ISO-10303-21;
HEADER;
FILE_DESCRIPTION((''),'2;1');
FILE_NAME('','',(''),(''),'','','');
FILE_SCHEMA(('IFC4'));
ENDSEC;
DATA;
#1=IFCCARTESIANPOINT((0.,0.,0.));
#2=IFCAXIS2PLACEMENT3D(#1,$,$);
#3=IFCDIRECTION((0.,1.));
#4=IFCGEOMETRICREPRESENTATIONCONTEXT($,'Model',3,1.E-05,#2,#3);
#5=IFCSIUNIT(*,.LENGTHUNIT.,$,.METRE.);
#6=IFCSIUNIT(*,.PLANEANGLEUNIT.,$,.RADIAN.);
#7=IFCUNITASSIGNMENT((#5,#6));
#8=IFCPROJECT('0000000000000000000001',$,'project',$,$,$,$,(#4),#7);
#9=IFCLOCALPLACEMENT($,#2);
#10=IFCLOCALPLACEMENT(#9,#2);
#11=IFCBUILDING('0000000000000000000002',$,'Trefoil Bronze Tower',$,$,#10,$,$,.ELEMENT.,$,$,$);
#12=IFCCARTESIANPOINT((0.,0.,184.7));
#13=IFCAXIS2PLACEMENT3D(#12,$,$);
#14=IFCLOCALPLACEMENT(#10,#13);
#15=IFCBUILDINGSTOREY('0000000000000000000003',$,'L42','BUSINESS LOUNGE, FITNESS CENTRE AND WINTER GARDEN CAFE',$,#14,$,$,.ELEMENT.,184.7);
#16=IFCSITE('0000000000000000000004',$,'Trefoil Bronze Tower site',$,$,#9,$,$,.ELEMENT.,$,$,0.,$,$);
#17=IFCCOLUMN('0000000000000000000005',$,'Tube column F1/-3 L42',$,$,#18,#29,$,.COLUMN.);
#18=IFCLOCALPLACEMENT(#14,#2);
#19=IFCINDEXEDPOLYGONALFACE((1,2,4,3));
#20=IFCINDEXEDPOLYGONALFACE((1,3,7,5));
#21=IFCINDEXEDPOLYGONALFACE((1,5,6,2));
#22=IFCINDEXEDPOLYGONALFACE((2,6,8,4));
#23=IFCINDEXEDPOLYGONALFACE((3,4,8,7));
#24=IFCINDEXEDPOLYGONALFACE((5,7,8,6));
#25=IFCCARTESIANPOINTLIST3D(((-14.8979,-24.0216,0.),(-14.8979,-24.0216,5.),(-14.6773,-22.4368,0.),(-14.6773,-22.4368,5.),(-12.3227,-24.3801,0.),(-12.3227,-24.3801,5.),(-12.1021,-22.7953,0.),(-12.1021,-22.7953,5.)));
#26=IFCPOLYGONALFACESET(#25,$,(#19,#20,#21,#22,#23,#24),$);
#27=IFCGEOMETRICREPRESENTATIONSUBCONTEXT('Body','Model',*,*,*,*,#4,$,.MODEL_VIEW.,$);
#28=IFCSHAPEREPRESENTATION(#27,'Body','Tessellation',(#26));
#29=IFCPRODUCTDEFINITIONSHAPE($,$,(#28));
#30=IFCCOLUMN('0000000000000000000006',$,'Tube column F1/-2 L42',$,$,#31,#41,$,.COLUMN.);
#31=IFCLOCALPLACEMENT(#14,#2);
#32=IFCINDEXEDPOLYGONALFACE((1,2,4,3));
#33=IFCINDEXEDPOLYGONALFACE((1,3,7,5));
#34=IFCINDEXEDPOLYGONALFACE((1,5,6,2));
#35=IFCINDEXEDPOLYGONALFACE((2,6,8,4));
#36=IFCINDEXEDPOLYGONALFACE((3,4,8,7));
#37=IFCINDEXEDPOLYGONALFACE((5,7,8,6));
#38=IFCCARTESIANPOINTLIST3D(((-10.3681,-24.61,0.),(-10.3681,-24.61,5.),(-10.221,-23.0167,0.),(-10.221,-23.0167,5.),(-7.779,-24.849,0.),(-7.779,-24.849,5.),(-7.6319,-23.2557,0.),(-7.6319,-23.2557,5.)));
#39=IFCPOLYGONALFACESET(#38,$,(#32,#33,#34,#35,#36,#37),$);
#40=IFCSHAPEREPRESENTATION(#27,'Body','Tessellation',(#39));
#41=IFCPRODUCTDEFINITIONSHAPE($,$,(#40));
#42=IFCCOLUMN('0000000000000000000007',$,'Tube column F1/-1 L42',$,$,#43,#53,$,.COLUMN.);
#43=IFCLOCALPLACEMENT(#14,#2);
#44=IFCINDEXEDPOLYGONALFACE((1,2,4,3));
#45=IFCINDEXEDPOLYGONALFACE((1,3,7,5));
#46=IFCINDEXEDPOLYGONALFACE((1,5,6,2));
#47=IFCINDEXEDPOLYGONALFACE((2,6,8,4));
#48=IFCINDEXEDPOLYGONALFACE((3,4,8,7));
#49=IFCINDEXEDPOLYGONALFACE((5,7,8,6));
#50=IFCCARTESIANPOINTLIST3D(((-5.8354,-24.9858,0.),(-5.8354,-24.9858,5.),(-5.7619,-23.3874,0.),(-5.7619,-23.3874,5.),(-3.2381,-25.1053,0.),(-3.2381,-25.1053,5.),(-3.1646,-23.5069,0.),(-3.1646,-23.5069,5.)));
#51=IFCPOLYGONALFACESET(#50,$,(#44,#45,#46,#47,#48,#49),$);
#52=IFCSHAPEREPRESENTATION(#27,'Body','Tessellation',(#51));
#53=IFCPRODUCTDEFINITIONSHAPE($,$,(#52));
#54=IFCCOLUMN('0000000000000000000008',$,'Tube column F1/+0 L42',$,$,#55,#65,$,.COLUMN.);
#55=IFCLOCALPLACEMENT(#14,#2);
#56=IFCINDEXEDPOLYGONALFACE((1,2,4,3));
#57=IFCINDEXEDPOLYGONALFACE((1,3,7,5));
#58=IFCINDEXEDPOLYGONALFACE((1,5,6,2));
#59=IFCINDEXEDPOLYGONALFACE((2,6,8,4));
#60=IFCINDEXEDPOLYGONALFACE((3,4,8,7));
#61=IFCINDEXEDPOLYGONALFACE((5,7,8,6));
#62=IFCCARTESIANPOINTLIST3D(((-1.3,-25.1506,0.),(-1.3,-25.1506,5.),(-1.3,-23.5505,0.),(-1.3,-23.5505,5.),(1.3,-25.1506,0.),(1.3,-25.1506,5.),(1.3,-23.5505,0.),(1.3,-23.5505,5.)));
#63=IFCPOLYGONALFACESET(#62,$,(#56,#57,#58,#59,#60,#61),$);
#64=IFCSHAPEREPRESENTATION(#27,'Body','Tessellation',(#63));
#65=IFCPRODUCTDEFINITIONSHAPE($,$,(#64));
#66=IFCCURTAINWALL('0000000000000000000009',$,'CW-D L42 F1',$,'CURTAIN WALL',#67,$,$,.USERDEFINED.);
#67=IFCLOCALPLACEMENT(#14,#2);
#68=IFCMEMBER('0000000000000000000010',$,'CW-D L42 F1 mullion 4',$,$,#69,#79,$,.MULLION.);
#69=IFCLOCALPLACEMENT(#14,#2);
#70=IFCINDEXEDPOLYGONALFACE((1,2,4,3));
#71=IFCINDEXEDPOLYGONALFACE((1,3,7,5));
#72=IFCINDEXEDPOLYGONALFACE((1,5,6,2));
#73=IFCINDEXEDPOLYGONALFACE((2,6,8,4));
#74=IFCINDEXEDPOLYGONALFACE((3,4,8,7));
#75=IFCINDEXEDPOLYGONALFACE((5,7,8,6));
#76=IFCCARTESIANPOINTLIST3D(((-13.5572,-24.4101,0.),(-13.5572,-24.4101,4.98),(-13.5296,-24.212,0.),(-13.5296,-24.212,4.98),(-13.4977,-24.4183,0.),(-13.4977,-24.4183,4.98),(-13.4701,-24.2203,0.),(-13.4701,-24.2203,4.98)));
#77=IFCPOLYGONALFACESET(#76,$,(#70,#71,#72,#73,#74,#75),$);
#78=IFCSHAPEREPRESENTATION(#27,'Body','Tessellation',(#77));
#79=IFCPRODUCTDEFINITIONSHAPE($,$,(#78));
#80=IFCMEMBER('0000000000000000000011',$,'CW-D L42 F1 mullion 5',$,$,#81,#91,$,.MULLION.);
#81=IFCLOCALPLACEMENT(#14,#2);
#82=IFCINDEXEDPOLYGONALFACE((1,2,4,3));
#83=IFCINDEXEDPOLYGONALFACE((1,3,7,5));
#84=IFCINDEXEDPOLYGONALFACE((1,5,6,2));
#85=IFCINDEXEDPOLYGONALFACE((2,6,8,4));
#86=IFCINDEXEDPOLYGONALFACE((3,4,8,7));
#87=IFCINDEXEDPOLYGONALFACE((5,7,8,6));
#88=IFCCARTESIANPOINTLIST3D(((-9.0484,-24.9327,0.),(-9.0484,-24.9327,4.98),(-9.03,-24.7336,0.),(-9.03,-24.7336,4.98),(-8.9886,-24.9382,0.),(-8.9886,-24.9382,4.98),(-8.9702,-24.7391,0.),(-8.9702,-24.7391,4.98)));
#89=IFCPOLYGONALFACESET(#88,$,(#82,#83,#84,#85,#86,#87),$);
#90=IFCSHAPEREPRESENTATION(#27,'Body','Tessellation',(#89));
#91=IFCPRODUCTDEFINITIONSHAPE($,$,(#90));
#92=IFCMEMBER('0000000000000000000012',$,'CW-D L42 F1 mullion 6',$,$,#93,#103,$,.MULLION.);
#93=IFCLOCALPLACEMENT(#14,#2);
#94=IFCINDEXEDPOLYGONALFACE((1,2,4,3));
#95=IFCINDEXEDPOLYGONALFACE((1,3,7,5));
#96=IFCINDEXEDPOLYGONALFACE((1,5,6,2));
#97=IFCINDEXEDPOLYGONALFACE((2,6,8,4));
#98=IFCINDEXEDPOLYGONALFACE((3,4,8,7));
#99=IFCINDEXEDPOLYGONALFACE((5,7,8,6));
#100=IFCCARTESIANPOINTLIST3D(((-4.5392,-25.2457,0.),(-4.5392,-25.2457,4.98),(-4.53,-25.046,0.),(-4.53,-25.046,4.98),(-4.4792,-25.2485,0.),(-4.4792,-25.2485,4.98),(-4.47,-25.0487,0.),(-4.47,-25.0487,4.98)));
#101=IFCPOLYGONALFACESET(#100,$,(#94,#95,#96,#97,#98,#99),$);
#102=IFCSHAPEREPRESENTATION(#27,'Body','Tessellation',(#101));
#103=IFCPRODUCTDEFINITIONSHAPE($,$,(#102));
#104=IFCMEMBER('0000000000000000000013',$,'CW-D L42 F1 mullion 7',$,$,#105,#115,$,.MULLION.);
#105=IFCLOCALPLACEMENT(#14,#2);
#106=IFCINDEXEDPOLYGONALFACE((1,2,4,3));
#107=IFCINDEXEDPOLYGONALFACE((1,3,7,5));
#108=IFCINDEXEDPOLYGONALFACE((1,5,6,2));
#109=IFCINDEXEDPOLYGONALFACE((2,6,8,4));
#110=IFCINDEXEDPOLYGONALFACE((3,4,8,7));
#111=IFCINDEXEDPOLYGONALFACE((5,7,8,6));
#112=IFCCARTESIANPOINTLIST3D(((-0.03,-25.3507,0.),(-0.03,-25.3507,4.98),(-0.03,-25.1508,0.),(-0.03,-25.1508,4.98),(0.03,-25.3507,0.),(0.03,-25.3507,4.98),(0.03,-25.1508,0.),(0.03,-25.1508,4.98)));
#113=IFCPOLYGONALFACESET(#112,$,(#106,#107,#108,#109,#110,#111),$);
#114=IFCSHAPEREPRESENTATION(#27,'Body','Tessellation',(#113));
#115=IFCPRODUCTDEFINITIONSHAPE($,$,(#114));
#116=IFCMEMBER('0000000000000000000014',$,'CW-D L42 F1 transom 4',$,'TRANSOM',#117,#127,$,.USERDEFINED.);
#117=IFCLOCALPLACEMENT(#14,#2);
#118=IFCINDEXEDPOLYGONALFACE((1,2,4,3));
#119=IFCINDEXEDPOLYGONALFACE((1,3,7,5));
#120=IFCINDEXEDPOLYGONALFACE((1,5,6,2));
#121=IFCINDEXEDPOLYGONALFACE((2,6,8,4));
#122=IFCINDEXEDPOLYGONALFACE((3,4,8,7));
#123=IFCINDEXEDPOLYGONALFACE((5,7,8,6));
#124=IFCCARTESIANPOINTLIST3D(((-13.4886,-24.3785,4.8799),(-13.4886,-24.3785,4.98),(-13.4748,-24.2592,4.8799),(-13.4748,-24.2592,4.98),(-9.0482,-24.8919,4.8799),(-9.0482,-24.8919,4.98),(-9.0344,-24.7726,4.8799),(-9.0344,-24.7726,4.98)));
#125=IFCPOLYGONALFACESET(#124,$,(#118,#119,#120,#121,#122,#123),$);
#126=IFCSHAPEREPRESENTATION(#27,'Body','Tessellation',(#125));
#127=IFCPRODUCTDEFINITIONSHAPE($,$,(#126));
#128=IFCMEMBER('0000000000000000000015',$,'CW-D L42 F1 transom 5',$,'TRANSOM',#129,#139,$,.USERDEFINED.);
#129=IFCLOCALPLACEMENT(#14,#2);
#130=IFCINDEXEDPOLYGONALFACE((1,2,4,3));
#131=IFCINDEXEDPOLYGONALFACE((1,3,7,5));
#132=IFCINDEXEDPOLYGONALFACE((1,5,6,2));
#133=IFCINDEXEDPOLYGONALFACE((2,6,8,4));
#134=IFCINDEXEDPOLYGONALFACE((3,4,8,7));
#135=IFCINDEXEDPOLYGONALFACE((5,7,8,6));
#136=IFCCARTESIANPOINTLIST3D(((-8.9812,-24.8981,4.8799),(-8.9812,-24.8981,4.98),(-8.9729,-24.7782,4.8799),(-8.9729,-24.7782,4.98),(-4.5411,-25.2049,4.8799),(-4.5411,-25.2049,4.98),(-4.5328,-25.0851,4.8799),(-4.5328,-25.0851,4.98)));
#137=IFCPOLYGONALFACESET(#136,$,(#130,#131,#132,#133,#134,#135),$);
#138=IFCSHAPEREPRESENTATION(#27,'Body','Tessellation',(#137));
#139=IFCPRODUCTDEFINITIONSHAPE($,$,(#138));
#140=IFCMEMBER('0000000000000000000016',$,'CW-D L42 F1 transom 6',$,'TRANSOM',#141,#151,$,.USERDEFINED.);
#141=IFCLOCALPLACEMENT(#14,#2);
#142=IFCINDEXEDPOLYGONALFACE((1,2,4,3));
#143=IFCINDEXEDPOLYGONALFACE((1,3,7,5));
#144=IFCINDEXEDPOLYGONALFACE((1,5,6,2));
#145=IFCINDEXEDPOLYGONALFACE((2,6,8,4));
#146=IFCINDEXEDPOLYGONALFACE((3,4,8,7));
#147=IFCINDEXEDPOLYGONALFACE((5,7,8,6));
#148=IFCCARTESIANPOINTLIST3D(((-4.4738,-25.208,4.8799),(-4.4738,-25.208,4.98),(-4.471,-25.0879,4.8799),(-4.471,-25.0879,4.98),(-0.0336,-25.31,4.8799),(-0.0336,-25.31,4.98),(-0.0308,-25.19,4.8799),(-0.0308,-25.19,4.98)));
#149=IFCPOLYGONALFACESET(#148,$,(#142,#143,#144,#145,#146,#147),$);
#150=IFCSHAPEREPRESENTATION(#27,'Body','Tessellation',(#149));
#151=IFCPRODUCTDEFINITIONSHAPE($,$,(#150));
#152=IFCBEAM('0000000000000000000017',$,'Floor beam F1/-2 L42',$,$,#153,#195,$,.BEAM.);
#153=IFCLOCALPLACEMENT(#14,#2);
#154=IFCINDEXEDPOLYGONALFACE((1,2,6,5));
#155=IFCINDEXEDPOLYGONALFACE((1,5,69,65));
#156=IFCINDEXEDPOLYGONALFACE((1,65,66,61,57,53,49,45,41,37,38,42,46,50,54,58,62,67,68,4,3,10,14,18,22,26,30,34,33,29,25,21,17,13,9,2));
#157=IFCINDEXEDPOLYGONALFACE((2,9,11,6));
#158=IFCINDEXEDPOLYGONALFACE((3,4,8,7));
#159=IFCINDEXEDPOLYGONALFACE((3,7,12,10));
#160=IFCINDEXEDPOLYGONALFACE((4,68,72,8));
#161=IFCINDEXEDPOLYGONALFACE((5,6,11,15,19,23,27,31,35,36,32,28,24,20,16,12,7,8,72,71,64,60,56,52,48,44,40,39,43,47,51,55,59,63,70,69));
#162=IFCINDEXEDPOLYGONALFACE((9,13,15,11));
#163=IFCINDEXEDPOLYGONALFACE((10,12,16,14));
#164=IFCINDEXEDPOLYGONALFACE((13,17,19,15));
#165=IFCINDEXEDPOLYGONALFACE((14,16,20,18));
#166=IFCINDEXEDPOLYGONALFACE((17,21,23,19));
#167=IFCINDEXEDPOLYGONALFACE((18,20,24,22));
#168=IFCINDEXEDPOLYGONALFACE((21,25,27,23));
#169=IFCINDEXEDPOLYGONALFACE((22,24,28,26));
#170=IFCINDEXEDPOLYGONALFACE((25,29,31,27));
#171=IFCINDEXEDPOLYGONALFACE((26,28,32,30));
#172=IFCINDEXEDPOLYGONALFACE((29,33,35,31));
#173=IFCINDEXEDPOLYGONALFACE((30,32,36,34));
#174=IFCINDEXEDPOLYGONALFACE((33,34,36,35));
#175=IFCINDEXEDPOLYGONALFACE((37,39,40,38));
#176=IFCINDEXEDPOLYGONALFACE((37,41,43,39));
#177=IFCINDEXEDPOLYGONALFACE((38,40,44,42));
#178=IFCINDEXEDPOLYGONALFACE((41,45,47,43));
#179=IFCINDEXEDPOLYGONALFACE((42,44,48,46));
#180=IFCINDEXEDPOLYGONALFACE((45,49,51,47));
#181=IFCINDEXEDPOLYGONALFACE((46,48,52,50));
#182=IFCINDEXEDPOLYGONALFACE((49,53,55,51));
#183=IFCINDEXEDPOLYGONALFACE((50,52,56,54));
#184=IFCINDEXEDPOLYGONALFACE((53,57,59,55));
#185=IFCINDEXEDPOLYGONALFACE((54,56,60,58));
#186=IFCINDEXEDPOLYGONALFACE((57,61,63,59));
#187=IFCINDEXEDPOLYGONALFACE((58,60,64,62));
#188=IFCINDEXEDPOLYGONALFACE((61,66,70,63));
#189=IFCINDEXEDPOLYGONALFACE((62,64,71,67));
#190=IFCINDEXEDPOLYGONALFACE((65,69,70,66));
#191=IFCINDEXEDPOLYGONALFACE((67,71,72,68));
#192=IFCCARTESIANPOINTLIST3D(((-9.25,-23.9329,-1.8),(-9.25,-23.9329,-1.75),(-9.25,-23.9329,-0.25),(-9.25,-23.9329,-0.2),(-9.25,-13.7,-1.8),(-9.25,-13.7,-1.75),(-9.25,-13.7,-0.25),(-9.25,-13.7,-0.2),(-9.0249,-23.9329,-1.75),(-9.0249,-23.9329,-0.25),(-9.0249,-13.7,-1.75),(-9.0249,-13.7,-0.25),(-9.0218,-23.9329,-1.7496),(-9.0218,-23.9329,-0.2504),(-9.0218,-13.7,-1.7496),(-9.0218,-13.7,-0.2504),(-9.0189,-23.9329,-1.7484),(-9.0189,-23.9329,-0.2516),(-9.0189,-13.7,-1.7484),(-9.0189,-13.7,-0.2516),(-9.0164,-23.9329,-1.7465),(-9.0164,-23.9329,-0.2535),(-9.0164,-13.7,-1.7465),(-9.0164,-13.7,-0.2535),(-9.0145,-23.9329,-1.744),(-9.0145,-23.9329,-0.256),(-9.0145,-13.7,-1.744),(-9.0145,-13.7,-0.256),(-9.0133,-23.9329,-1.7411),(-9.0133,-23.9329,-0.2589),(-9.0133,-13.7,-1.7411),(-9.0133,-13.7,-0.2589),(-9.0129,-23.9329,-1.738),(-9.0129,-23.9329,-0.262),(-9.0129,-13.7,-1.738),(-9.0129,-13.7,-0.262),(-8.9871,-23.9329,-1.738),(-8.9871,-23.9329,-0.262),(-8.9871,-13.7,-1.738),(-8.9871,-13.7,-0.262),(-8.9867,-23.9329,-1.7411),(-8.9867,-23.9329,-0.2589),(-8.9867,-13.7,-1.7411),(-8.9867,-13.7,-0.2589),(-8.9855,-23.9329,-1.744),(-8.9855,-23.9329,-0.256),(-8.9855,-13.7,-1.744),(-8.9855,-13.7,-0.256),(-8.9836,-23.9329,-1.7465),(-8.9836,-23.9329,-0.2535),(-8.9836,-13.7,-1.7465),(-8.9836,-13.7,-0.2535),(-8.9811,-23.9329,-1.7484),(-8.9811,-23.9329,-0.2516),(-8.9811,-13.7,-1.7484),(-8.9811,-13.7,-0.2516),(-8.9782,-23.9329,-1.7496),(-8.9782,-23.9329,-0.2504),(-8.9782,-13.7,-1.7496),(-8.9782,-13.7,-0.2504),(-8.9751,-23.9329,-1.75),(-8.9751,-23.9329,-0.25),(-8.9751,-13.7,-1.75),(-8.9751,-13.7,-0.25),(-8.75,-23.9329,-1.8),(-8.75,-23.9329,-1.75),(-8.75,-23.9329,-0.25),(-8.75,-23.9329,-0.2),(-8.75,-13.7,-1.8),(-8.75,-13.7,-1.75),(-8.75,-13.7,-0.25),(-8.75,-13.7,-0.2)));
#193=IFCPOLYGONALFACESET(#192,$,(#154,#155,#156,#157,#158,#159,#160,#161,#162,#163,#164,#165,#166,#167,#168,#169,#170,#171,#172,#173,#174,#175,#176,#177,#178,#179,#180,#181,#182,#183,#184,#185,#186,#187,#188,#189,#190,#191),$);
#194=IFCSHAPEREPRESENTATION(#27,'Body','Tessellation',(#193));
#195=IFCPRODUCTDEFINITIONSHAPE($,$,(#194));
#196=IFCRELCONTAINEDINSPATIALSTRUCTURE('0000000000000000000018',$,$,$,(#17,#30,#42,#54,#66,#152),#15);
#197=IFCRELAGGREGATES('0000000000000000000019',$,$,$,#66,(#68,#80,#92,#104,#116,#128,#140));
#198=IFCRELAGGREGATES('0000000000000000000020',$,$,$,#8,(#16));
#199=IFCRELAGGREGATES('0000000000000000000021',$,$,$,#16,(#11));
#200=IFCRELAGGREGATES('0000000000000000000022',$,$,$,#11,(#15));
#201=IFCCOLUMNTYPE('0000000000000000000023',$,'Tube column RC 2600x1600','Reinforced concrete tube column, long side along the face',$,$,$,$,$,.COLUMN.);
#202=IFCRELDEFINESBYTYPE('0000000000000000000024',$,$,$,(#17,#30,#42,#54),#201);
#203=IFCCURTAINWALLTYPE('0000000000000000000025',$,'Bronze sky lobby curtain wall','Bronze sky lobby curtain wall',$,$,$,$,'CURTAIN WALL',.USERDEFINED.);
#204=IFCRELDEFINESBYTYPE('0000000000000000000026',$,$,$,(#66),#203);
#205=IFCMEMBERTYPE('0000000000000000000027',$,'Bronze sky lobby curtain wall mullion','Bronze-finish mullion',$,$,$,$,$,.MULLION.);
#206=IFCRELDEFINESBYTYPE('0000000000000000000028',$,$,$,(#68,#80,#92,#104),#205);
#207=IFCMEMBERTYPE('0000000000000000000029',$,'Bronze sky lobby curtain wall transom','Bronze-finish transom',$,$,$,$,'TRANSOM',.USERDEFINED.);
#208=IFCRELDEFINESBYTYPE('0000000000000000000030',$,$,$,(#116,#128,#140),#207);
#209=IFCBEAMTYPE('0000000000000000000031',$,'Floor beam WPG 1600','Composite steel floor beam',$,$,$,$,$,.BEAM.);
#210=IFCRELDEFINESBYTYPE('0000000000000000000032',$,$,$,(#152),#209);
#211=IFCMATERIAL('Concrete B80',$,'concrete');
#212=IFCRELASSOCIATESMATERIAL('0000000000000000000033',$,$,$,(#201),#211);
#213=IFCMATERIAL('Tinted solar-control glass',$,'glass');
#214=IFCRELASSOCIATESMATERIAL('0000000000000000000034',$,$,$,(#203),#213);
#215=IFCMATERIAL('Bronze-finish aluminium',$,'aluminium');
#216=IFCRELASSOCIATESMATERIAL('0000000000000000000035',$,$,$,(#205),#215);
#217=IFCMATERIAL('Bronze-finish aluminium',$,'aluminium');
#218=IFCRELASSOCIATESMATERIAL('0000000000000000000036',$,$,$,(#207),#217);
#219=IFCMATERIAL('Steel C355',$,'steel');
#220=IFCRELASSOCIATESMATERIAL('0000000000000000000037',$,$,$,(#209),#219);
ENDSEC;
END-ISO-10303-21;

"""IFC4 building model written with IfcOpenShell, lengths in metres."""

from ifc_helpers import new_model, si_unit, direction, frame, origin, origin_2d, place, context, subcontext, project, spatial, rectangle, i_section, extrude, material, material_profile, profile_set, type_object, element, aggregate, save


model = new_model("IFC4")

# Units and contexts
model_context = context("Model", 3, precision=1e-05, world=origin(), true_north=direction((0.0, 1.0)))
body_context = subcontext(model_context, "Body", "Model", "MODEL_VIEW")
ifc_project = project(units=[si_unit("LENGTHUNIT", "METRE"), si_unit("PLANEANGLEUNIT", "RADIAN")], contexts=[model_context])

# Site, building, storey
site_placement = place(None, origin())
site = spatial("IfcSite", under=ifc_project, at=site_placement, Name="Trefoil Bronze Tower site", CompositionType="ELEMENT", RefElevation=0.0)
building_placement = place(site_placement, origin())
building = spatial("IfcBuilding", under=site, at=building_placement, Name="Trefoil Bronze Tower", CompositionType="ELEMENT")
storey_placement = place(building_placement, frame((0.0, 0.0, 184.7)))
storey = spatial("IfcBuildingStorey", under=building, at=storey_placement, Name="L42", Description="BUSINESS LOUNGE, FITNESS CENTRE AND WINTER GARDEN CAFE", CompositionType="ELEMENT", Elevation=184.7)

# Columns
ifc_material_1 = material(Name="Concrete B80", Category="concrete")
ifc_material_profile_1 = material_profile(ifc_material_1, rectangle(XDim=2.6001, YDim=1.6001, at=origin_2d()), Name="RC 2600x1600")
ifc_profile_set_1 = profile_set([ifc_material_profile_1], Name="Concrete B80")
column_type = type_object("IfcColumnType", Name="Tube column RC 2600x1600", Description="Reinforced concrete tube column, long side along the face", PredefinedType="COLUMN", material=ifc_profile_set_1)
for number, where, z_axis, x_axis, name in (
    (1, (-13.5, -23.4084, 0.0), (0.0, 0.0, 1.0), (0.990451, -0.137868, 0.0), "Tube column F1/-3 L42"),
    (2, (-9.0, -23.9329, 0.0), (0.0, 0.0, 1.0), (0.995767, -0.091911, 0.0), "Tube column F1/-2 L42"),
    (3, (-4.5, -24.2463, 0.0), (0.0, 0.0, 1.0), (0.998943, -0.045956, 0.0), "Tube column F1/-1 L42"),
    (4, (0.0, -24.3506, 0.0), (0.0, 0.0, 1.0), (1.0, 0.0, 0.0), "Tube column F1/+0 L42"),
):
    element("IfcColumn", number, at=place(storey_placement, frame(where, z_axis=z_axis, x_axis=x_axis)), inside=storey, type_object=column_type, Name=name, PredefinedType="COLUMN", context=body_context, shape_type="SweptSolid", body=[
        extrude(rectangle(XDim=2.6001, YDim=1.6001, at=origin_2d()), origin(), (0.0, 0.0, 1.0), 5.0),
    ])

# Curtain wall, members
ifc_material_2 = material(Name="Tinted solar-control glass", Category="glass")
curtain_wall_type = type_object("IfcCurtainWallType", Name="Bronze sky lobby curtain wall", Description="Bronze sky lobby curtain wall", ElementType="CURTAIN WALL", PredefinedType="USERDEFINED", material=ifc_material_2)
curtain_wall_placement = place(storey_placement, origin())
curtain_wall = element("IfcCurtainWall", 5, at=curtain_wall_placement, inside=storey, type_object=curtain_wall_type, Name="CW-D L42 F1", ObjectType="CURTAIN WALL", PredefinedType="USERDEFINED")
ifc_material_3 = material(Name="Bronze-finish aluminium", Category="aluminium")
ifc_material_profile_2 = material_profile(ifc_material_3, rectangle(XDim=0.2, YDim=0.0601, at=origin_2d()), Name="CW-D mullion")
ifc_profile_set_2 = profile_set([ifc_material_profile_2], Name="Bronze-finish aluminium")
member_type_1 = type_object("IfcMemberType", Name="Bronze sky lobby curtain wall mullion", Description="Bronze-finish mullion", PredefinedType="MULLION", material=ifc_profile_set_2)
member_1_placement = place(storey_placement, frame((-13.5137, -24.3152, 0.0), z_axis=(0.0, 0.0, 1.0), x_axis=(0.137868, 0.990451, 0.0)))
member_1 = element("IfcMember", 6, at=member_1_placement, type_object=member_type_1, Name="CW-D L42 F1 mullion 4", PredefinedType="MULLION", context=body_context, shape_type="SweptSolid", body=[
    extrude(rectangle(XDim=0.2, YDim=0.0601, at=origin_2d()), origin(), (0.0, 0.0, 1.0), 4.98),
])
member_2_placement = place(storey_placement, frame((-9.0093, -24.8359, 0.0), z_axis=(0.0, 0.0, 1.0), x_axis=(0.091911, 0.995767, 0.0)))
member_2 = element("IfcMember", 7, at=member_2_placement, type_object=member_type_1, Name="CW-D L42 F1 mullion 5", PredefinedType="MULLION", context=body_context, shape_type="SweptSolid", body=[
    extrude(rectangle(XDim=0.2, YDim=0.0601, at=origin_2d()), origin(), (0.0, 0.0, 1.0), 4.98),
])
member_3_placement = place(storey_placement, frame((-4.5046, -25.1472, 0.0), z_axis=(0.0, 0.0, 1.0), x_axis=(0.045956, 0.998943, 0.0)))
member_3 = element("IfcMember", 8, at=member_3_placement, type_object=member_type_1, Name="CW-D L42 F1 mullion 6", PredefinedType="MULLION", context=body_context, shape_type="SweptSolid", body=[
    extrude(rectangle(XDim=0.2, YDim=0.0601, at=origin_2d()), origin(), (0.0, 0.0, 1.0), 4.98),
])
member_4_placement = place(storey_placement, frame((0.0, -25.2507, 0.0), z_axis=(0.0, 0.0, 1.0), x_axis=(0.0, 1.0, 0.0)))
member_4 = element("IfcMember", 9, at=member_4_placement, type_object=member_type_1, Name="CW-D L42 F1 mullion 7", PredefinedType="MULLION", context=body_context, shape_type="SweptSolid", body=[
    extrude(rectangle(XDim=0.2, YDim=0.0601, at=origin_2d()), origin(), (0.0, 0.0, 1.0), 4.98),
])
ifc_material_4 = material(Name="Bronze-finish aluminium", Category="aluminium")
ifc_material_profile_3 = material_profile(ifc_material_4, rectangle(XDim=0.1201, YDim=0.1001, at=origin_2d()), Name="CW-D transom")
ifc_profile_set_3 = profile_set([ifc_material_profile_3], Name="Bronze-finish aluminium")
member_type_2 = type_object("IfcMemberType", Name="Bronze sky lobby curtain wall transom", Description="Bronze-finish transom", ElementType="TRANSOM", PredefinedType="USERDEFINED", material=ifc_profile_set_3)
member_5_placement = place(storey_placement, frame((-13.4817, -24.3188, 4.9299), z_axis=(0.993382, -0.11486, 0.0), x_axis=(0.11486, 0.993382, 0.0)))
member_5 = element("IfcMember", 10, at=member_5_placement, type_object=member_type_2, Name="CW-D L42 F1 transom 4", ObjectType="TRANSOM", PredefinedType="USERDEFINED", context=body_context, shape_type="SweptSolid", body=[
    extrude(rectangle(XDim=0.1201, YDim=0.1001, at=origin_2d()), origin(), (0.0, 0.0, 1.0), 4.47),
])
member_6_placement = place(storey_placement, frame((-8.9771, -24.8381, 4.9299), z_axis=(0.99762, -0.068951, 0.0), x_axis=(0.068951, 0.99762, 0.0)))
member_6 = element("IfcMember", 11, at=member_6_placement, type_object=member_type_2, Name="CW-D L42 F1 transom 5", ObjectType="TRANSOM", PredefinedType="USERDEFINED", context=body_context, shape_type="SweptSolid", body=[
    extrude(rectangle(XDim=0.1201, YDim=0.1001, at=origin_2d()), origin(), (0.0, 0.0, 1.0), 4.4507),
])
member_7_placement = place(storey_placement, frame((-4.4724, -25.1479, 4.9299), z_axis=(0.999736, -0.022977, 0.0), x_axis=(0.022977, 0.999736, 0.0)))
member_7 = element("IfcMember", 12, at=member_7_placement, type_object=member_type_2, Name="CW-D L42 F1 transom 6", ObjectType="TRANSOM", PredefinedType="USERDEFINED", context=body_context, shape_type="SweptSolid", body=[
    extrude(rectangle(XDim=0.1201, YDim=0.1001, at=origin_2d()), origin(), (0.0, 0.0, 1.0), 4.4414),
])

# Beam
ifc_material_5 = material(Name="Steel C355", Category="steel")
ifc_material_profile_4 = material_profile(ifc_material_5, i_section(OverallWidth=0.5, OverallDepth=1.6001, WebThickness=0.0259, FlangeThickness=0.05, FilletRadius=0.012, at=origin_2d()), Name="WPG 1600")
ifc_profile_set_4 = profile_set([ifc_material_profile_4], Name="Steel C355")
beam_type_1 = type_object("IfcBeamType", Name="Floor beam WPG 1600", Description="Composite steel floor beam", PredefinedType="BEAM", material=ifc_profile_set_4)
beam_1_placement = place(storey_placement, frame((-9.0, -23.9329, -1.0), z_axis=(0.0, 1.0, 0.0), x_axis=(-1.0, 0.0, 0.0)))
element("IfcBeam", 13, at=beam_1_placement, inside=storey, type_object=beam_type_1, Name="Floor beam F1/-2 L42", PredefinedType="BEAM", context=body_context, shape_type="SweptSolid", body=[
    extrude(i_section(OverallWidth=0.5, OverallDepth=1.6001, WebThickness=0.0259, FlangeThickness=0.05, FilletRadius=0.012, at=origin_2d()), origin(), (0.0, 0.0, 1.0), 10.2329),
])

aggregate(curtain_wall, [member_1, member_2, member_3, member_4, member_5, member_6, member_7])

save(model, "model.ifc")
